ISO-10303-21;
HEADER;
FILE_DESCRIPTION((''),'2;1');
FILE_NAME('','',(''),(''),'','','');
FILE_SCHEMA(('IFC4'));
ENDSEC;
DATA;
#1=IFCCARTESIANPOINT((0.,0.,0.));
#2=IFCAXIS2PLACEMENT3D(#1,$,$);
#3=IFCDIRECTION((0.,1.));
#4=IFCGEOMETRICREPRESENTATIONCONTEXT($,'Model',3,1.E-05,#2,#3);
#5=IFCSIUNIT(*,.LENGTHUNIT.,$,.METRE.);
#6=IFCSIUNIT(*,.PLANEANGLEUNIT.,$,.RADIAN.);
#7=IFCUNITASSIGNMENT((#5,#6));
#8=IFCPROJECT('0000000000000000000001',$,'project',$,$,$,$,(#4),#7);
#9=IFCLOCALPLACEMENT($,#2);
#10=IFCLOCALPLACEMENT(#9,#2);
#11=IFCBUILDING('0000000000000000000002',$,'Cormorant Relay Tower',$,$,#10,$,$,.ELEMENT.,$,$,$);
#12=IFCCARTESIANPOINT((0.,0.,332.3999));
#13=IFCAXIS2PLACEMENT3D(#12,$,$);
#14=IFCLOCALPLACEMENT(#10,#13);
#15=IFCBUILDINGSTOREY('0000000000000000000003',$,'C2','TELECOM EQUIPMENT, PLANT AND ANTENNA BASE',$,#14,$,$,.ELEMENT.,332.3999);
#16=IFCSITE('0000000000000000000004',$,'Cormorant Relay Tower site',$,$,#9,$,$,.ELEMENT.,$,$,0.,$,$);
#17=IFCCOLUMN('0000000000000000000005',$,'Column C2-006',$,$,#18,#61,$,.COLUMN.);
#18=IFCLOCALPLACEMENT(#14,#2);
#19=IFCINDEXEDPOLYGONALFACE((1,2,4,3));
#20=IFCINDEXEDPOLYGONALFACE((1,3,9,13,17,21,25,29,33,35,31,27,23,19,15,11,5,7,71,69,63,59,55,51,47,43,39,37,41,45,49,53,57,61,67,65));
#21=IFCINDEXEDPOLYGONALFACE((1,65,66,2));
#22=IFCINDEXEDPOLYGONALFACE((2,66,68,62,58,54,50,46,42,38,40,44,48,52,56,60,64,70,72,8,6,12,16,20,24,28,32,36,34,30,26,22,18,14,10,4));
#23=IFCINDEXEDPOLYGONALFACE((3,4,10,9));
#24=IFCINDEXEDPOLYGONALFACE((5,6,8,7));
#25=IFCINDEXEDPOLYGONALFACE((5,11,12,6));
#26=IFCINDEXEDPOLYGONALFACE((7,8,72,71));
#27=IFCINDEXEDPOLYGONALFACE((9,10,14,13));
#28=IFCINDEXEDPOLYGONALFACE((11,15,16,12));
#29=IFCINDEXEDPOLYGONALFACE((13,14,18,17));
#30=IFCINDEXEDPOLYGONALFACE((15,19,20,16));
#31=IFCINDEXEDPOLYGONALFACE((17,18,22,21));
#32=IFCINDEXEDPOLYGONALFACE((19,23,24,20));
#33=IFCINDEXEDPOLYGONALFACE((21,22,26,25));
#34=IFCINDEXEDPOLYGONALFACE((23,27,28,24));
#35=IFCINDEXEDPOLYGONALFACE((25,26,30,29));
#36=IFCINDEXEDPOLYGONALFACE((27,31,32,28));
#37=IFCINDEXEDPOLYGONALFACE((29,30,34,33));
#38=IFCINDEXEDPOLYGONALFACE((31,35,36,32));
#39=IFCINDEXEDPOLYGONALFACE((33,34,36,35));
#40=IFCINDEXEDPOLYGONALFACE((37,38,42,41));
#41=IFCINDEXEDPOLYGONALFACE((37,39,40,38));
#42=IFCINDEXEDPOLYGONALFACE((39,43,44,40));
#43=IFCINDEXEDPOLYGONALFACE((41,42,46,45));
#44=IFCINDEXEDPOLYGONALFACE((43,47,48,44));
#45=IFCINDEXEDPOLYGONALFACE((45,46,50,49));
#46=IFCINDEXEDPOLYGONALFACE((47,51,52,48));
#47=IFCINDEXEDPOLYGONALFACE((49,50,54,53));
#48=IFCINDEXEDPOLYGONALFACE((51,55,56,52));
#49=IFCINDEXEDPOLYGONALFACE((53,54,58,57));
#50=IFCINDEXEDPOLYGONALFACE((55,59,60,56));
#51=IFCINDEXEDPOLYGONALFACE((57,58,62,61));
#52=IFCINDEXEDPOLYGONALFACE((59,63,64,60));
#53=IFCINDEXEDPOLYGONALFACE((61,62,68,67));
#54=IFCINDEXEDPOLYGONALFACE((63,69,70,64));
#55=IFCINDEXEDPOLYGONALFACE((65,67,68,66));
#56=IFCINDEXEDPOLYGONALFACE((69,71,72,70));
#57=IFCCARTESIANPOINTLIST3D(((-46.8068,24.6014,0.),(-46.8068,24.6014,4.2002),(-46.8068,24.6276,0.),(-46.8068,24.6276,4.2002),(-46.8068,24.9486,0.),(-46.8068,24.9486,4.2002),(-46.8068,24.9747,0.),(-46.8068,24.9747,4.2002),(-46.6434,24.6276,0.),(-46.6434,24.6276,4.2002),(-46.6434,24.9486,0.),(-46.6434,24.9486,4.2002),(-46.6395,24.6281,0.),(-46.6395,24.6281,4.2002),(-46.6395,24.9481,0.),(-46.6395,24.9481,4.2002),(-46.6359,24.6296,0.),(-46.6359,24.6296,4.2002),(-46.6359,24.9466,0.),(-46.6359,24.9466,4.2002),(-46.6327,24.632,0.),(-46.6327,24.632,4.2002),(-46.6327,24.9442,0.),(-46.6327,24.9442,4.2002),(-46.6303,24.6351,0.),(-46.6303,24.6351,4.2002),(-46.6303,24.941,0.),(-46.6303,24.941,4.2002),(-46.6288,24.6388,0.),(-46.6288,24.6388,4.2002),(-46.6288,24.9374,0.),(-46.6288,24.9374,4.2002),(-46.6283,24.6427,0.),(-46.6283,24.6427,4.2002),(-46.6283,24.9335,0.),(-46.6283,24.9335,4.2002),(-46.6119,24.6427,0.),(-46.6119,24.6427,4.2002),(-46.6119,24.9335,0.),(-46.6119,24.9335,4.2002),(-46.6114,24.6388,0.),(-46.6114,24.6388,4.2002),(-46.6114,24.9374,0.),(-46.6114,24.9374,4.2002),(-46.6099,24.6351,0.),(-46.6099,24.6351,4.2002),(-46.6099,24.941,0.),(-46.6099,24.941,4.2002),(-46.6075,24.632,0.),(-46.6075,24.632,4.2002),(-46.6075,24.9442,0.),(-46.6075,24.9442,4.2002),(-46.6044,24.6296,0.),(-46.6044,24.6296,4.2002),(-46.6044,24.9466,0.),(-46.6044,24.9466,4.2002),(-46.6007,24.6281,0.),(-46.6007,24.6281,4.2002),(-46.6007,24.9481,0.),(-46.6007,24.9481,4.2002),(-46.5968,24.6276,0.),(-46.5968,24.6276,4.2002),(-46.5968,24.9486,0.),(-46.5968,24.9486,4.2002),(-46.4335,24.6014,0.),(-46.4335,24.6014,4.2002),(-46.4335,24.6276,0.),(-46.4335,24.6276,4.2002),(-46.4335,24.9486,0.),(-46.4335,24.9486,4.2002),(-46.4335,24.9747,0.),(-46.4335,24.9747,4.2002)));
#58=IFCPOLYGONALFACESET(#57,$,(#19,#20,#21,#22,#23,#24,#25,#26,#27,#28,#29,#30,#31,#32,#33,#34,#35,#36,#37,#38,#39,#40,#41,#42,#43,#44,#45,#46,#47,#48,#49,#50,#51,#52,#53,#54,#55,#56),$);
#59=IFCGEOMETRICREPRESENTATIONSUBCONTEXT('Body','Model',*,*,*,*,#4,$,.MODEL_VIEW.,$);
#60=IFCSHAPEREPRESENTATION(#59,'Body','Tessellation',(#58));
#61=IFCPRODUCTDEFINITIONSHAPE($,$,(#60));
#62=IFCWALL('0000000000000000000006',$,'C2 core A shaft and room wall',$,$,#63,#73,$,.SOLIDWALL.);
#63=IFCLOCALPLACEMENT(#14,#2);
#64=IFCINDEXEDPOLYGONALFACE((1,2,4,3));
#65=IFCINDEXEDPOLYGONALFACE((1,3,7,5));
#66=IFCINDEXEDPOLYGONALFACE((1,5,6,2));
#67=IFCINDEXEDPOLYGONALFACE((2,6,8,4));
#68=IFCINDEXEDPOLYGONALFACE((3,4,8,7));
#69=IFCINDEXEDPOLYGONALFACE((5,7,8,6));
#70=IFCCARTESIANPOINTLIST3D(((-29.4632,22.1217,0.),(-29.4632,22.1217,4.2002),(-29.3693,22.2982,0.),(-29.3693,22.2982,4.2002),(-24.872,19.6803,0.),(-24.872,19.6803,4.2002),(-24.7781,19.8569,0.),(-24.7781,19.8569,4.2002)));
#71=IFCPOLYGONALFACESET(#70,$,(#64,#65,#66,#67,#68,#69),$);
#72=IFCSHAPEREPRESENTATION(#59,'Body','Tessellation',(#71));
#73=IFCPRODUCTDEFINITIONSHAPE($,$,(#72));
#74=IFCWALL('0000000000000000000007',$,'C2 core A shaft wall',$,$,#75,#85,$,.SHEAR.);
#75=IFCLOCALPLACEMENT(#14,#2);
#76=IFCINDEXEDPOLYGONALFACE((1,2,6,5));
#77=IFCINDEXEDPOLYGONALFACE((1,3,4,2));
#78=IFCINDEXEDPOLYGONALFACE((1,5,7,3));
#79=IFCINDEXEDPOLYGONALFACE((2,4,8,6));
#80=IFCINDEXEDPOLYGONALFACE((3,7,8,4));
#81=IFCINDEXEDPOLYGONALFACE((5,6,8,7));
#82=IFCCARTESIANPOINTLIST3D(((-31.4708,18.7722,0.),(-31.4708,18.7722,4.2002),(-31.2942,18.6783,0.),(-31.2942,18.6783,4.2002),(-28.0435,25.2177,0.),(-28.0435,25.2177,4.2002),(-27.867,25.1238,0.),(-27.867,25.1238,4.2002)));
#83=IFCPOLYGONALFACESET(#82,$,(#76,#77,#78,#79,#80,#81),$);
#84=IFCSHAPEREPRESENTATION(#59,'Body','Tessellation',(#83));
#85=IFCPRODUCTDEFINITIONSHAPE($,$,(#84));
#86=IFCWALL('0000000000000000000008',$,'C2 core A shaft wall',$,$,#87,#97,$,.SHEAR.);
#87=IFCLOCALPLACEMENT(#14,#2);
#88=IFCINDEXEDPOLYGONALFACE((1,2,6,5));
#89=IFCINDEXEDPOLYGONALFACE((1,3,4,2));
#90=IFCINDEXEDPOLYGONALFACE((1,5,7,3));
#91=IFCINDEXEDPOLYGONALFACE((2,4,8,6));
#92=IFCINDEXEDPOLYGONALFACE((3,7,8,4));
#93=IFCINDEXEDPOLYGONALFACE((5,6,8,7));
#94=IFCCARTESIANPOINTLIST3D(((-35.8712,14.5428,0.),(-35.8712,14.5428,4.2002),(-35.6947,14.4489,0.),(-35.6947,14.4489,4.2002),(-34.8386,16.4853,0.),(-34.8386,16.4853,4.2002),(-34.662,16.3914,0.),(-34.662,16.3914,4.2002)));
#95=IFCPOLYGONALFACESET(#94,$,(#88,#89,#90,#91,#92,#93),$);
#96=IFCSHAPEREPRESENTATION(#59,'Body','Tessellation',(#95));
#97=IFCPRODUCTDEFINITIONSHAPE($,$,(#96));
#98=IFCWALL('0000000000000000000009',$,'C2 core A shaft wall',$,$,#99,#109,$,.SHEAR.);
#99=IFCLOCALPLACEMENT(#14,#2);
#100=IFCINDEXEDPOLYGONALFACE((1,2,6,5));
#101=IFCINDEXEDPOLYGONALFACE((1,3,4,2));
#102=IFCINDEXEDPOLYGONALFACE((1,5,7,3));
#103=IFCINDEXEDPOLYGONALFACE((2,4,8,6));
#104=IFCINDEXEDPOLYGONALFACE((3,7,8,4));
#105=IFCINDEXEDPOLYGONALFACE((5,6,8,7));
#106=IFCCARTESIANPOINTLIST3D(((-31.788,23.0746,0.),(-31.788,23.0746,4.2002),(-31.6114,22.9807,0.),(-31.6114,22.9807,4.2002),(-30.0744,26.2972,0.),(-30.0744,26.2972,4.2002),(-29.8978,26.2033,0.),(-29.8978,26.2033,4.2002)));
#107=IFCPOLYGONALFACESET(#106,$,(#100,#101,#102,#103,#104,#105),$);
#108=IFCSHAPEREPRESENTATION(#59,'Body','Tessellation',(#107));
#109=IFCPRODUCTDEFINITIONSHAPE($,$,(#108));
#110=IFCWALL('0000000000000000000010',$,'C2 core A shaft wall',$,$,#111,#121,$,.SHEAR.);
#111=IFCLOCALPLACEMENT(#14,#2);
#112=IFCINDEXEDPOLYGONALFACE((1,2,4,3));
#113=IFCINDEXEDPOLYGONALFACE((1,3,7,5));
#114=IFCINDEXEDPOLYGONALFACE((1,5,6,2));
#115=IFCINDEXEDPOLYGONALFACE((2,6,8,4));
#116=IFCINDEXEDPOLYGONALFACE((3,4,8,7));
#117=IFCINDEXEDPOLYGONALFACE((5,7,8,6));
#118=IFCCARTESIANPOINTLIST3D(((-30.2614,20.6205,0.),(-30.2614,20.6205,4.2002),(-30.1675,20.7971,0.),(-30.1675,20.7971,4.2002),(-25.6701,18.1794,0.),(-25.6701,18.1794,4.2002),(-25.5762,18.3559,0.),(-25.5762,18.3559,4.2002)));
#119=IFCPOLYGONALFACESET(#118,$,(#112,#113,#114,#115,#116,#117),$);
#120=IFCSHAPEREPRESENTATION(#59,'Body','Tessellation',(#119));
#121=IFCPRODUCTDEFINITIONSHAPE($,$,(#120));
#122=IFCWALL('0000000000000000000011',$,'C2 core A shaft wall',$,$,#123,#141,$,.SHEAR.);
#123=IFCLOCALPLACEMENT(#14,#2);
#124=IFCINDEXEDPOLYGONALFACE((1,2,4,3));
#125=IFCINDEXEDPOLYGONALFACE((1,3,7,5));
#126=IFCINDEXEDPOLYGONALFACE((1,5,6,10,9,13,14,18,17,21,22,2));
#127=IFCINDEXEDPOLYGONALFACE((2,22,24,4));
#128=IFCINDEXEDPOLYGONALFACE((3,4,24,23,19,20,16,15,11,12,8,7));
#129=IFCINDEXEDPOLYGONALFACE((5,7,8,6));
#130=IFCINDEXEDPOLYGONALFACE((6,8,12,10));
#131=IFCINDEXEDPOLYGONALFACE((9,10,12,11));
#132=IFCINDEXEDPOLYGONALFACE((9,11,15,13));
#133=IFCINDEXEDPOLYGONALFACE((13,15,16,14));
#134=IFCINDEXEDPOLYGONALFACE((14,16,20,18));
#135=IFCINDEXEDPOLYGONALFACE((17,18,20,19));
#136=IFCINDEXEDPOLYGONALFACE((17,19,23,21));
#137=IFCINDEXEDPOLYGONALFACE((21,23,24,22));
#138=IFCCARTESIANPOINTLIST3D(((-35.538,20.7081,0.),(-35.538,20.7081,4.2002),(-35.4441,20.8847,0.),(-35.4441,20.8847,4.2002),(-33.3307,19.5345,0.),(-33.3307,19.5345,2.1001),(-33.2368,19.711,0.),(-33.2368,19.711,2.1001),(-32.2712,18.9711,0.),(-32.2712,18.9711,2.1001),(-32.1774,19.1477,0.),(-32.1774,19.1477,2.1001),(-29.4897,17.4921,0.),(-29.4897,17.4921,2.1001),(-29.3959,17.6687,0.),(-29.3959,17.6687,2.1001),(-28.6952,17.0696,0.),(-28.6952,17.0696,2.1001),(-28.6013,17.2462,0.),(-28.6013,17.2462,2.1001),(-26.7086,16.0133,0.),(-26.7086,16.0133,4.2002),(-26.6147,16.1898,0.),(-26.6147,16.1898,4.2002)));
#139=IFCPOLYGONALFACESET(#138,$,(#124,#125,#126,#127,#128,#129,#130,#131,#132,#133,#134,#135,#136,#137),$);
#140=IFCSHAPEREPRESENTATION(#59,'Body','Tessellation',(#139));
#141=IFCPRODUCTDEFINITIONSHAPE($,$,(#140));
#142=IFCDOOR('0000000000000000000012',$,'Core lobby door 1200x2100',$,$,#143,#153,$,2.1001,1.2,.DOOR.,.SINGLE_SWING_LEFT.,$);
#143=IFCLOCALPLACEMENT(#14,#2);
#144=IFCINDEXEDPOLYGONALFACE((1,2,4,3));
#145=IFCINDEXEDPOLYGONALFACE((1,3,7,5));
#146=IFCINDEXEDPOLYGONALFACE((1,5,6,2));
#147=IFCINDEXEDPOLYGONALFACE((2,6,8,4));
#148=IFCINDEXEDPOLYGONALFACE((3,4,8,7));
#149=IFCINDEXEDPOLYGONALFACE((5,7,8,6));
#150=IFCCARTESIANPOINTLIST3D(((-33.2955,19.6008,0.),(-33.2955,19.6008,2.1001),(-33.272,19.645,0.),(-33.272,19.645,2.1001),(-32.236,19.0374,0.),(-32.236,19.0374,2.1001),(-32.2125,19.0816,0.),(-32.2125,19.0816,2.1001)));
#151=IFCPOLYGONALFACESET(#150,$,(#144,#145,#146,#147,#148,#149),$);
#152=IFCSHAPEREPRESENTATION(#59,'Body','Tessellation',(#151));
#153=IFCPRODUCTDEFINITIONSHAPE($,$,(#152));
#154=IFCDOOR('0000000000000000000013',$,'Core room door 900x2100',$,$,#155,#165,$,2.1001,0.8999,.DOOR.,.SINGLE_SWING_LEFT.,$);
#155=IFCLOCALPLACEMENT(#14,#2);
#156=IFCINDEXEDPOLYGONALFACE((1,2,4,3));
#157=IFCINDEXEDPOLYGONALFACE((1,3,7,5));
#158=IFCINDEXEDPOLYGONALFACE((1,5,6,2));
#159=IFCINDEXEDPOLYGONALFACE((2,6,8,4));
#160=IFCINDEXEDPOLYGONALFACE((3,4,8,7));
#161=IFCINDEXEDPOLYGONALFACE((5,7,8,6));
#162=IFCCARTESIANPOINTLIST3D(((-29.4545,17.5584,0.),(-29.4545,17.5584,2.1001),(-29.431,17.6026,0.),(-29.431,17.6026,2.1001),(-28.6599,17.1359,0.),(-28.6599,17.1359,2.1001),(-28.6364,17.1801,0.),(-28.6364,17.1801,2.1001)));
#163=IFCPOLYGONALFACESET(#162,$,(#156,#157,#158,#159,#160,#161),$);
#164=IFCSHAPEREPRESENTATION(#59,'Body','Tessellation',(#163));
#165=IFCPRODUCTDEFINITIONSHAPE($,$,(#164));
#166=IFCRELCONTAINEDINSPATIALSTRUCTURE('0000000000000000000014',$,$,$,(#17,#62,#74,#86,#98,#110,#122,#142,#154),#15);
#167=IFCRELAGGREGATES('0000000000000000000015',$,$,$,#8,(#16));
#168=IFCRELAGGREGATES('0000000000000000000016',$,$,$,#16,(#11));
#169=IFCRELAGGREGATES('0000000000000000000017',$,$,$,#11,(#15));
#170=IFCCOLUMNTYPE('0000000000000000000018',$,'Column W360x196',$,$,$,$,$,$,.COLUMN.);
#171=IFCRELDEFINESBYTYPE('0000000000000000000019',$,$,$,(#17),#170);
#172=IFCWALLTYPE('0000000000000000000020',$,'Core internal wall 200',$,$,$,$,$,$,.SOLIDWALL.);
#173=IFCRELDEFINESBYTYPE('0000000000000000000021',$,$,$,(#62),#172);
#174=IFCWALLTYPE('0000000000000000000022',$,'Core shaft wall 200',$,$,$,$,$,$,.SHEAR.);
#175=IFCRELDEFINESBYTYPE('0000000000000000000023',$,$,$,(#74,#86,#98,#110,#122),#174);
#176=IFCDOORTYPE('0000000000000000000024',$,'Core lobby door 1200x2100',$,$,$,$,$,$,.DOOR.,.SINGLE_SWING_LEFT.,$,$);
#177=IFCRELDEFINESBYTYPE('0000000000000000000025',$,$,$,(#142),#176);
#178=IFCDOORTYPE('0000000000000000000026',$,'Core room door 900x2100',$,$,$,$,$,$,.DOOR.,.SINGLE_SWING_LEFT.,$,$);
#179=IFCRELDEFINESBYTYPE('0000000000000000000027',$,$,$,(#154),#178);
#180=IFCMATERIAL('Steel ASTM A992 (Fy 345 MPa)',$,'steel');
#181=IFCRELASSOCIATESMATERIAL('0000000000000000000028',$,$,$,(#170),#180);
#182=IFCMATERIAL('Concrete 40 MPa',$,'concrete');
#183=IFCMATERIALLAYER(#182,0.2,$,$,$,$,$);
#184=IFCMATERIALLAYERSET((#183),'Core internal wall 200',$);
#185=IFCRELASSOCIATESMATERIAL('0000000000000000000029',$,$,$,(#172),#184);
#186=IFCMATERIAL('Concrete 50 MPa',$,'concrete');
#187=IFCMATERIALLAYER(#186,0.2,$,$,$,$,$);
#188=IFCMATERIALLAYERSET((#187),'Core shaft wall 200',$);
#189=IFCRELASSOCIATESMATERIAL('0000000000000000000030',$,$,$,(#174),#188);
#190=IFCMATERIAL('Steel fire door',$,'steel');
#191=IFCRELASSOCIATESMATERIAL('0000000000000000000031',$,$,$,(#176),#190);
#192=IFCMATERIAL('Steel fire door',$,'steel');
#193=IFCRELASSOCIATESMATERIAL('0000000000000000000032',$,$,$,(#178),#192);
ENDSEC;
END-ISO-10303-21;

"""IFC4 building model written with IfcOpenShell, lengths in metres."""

from ifc_helpers import new_model, si_unit, direction, frame, frame_2d, origin, origin_2d, place, context, subcontext, project, spatial, rectangle, i_section, extrude, material, layer, layer_set, material_profile, profile_set, type_object, element, fill, save


model = new_model("IFC4")

# Units and contexts
model_context = context("Model", 3, precision=1e-05, world=origin(), true_north=direction((0.0, 1.0)))
body_context = subcontext(model_context, "Body", "Model", "MODEL_VIEW")
ifc_project = project(units=[si_unit("LENGTHUNIT", "METRE"), si_unit("PLANEANGLEUNIT", "RADIAN")], contexts=[model_context])

# Site, building, storey
site_placement = place(None, origin())
site = spatial("IfcSite", under=ifc_project, at=site_placement, Name="Cormorant Relay Tower site", CompositionType="ELEMENT", RefElevation=0.0)
building_placement = place(site_placement, origin())
building = spatial("IfcBuilding", under=site, at=building_placement, Name="Cormorant Relay Tower", CompositionType="ELEMENT")
storey_placement = place(building_placement, frame((0.0, 0.0, 332.3999)))
storey = spatial("IfcBuildingStorey", under=building, at=storey_placement, Name="C2", Description="TELECOM EQUIPMENT, PLANT AND ANTENNA BASE", CompositionType="ELEMENT", Elevation=332.3999)

# Column
ifc_material_1 = material(Name="Steel ASTM A992 (Fy 345 MPa)", Category="steel")
ifc_material_profile = material_profile(ifc_material_1, i_section(OverallWidth=0.3733, OverallDepth=0.3733, WebThickness=0.0164, FlangeThickness=0.0261, FilletRadius=0.0151, at=origin_2d()), Name="W360x196")
ifc_profile_set = profile_set([ifc_material_profile], Name="Steel ASTM A992 (Fy 345 MPa)")
column_type = type_object("IfcColumnType", Name="Column W360x196", PredefinedType="COLUMN", material=ifc_profile_set)
column_placement = place(storey_placement, frame((-46.6201, 24.7881, 0.0), z_axis=(0.0, 0.0, 1.0), x_axis=(1.0, 0.0, 0.0)))
element("IfcColumn", 1, at=column_placement, inside=storey, type_object=column_type, Name="Column C2-006", PredefinedType="COLUMN", context=body_context, shape_type="SweptSolid", body=[
    extrude(i_section(OverallWidth=0.3733, OverallDepth=0.3733, WebThickness=0.0164, FlangeThickness=0.0261, FilletRadius=0.0151, at=origin_2d()), origin(), (0.0, 0.0, 1.0), 4.2002),
])

# Walls
ifc_material_2 = material(Name="Concrete 40 MPa", Category="concrete")
ifc_layer_1 = layer(ifc_material_2, 0.2)
ifc_layer_set_1 = layer_set([ifc_layer_1], Name="Core internal wall 200")
wall_type_1 = type_object("IfcWallType", Name="Core internal wall 200", PredefinedType="SOLIDWALL", material=ifc_layer_set_1)
wall_1_placement = place(storey_placement, frame((-24.825, 19.7686, 0.0), z_axis=(0.0, 0.0, 1.0), x_axis=(-0.882935, 0.469496, 0.0)))
element("IfcWall", 2, at=wall_1_placement, inside=storey, type_object=wall_type_1, Name="C2 core A shaft and room wall", PredefinedType="SOLIDWALL", context=body_context, shape_type="SweptSolid", body=[
    extrude(rectangle(XDim=5.2, YDim=0.2, at=frame_2d((2.6001, 0.0))), origin(), (0.0, 0.0, 1.0), 4.2002),
])
ifc_material_3 = material(Name="Concrete 50 MPa", Category="concrete")
ifc_layer_2 = layer(ifc_material_3, 0.2)
ifc_layer_set_2 = layer_set([ifc_layer_2], Name="Core shaft wall 200")
wall_type_2 = type_object("IfcWallType", Name="Core shaft wall 200", PredefinedType="SHEAR", material=ifc_layer_set_2)
wall_2_placement = place(storey_placement, frame((-27.9553, 25.1707, 0.0), z_axis=(0.0, 0.0, 1.0), x_axis=(-0.46948, -0.882943, 0.0)))
element("IfcWall", 3, at=wall_2_placement, inside=storey, type_object=wall_type_2, Name="C2 core A shaft wall", PredefinedType="SHEAR", context=body_context, shape_type="SweptSolid", body=[
    extrude(rectangle(XDim=7.3, YDim=0.2, at=frame_2d((3.6499, 0.0))), origin(), (0.0, 0.0, 1.0), 4.2002),
])
wall_3_placement = place(storey_placement, frame((-34.7502, 16.4385, 0.0), z_axis=(0.0, 0.0, 1.0), x_axis=(-0.469401, -0.882985, 0.0)))
element("IfcWall", 4, at=wall_3_placement, inside=storey, type_object=wall_type_2, Name="C2 core A shaft wall", PredefinedType="SHEAR", context=body_context, shape_type="SweptSolid", body=[
    extrude(rectangle(XDim=2.2, YDim=0.2, at=frame_2d((1.1001, 0.0))), origin(), (0.0, 0.0, 1.0), 4.2002),
])
wall_4_placement = place(storey_placement, frame((-29.9861, 26.2502, 0.0), z_axis=(0.0, 0.0, 1.0), x_axis=(-0.469494, -0.882936, 0.0)))
element("IfcWall", 5, at=wall_4_placement, inside=storey, type_object=wall_type_2, Name="C2 core A shaft wall", PredefinedType="SHEAR", context=body_context, shape_type="SweptSolid", body=[
    extrude(rectangle(XDim=3.6499, YDim=0.2, at=frame_2d((1.825, 0.0))), origin(), (0.0, 0.0, 1.0), 4.2002),
])

# Wall
wall_5_placement = place(storey_placement, frame((-25.623, 18.2676, 0.0), z_axis=(0.0, 0.0, 1.0), x_axis=(-0.882954, 0.46946, 0.0)))
element("IfcWall", 6, at=wall_5_placement, inside=storey, type_object=wall_type_2, Name="C2 core A shaft wall", PredefinedType="SHEAR", context=body_context, shape_type="SweptSolid", body=[
    extrude(rectangle(XDim=5.2, YDim=0.2, at=frame_2d((2.6001, 0.0))), origin(), (0.0, 0.0, 1.0), 4.2002),
])

# Wall, openings, doors
wall_6_placement = place(storey_placement, frame((-26.6616, 16.1016, 0.0), z_axis=(0.0, 0.0, 1.0), x_axis=(-0.88294, 0.469485, 0.0)))
wall_6 = element("IfcWall", 7, at=wall_6_placement, inside=storey, type_object=wall_type_2, Name="C2 core A shaft wall", PredefinedType="SHEAR", context=body_context, shape_type="SweptSolid", body=[
    extrude(rectangle(XDim=10.0, YDim=0.2, at=frame_2d((5.0, 0.0))), origin(), (0.0, 0.0, 1.0), 4.2002),
])
opening_1_placement = place(wall_6_placement, frame((6.3, 0.0, 0.0)))
opening_1 = element("IfcOpeningElement", 8, at=opening_1_placement, cuts=wall_6, PredefinedType="OPENING", context=body_context, shape_type="SweptSolid", body=[
    extrude(rectangle(XDim=1.2, YDim=2.1001, at=frame_2d((0.6001, 1.05))), frame((0.0, 0.1099, 0.0), z_axis=(0.0, -1.0, 0.0), x_axis=(1.0, 0.0, 0.0)), (0.0, 0.0, 1.0), 0.22),
])
opening_2_placement = place(wall_6_placement, frame((2.25, 0.0, 0.0)))
opening_2 = element("IfcOpeningElement", 9, at=opening_2_placement, cuts=wall_6, PredefinedType="OPENING", context=body_context, shape_type="SweptSolid", body=[
    extrude(rectangle(XDim=0.8999, YDim=2.1001, at=frame_2d((0.45, 1.05))), frame((0.0, 0.1099, 0.0), z_axis=(0.0, -1.0, 0.0), x_axis=(1.0, 0.0, 0.0)), (0.0, 0.0, 1.0), 0.22),
])
ifc_material_4 = material(Name="Steel fire door", Category="steel")
door_type_1 = type_object("IfcDoorType", Name="Core lobby door 1200x2100", OperationType="SINGLE_SWING_LEFT", PredefinedType="DOOR", material=ifc_material_4)
door_1_placement = place(opening_1_placement, origin())
door_1 = element("IfcDoor", 10, at=door_1_placement, inside=storey, type_object=door_type_1, Name="Core lobby door 1200x2100", OperationType="SINGLE_SWING_LEFT", OverallHeight=2.1001, OverallWidth=1.2, PredefinedType="DOOR", context=body_context, shape_type="SweptSolid", body=[
    extrude(rectangle(XDim=1.2, YDim=2.1001, at=frame_2d((0.6001, 1.05))), frame((0.0, 0.0249, 0.0), z_axis=(0.0, -1.0, 0.0), x_axis=(1.0, 0.0, 0.0)), (0.0, 0.0, 1.0), 0.05),
])
fill(opening_1, door_1)
ifc_material_5 = material(Name="Steel fire door", Category="steel")
door_type_2 = type_object("IfcDoorType", Name="Core room door 900x2100", OperationType="SINGLE_SWING_LEFT", PredefinedType="DOOR", material=ifc_material_5)
door_2_placement = place(opening_2_placement, origin())
door_2 = element("IfcDoor", 11, at=door_2_placement, inside=storey, type_object=door_type_2, Name="Core room door 900x2100", OperationType="SINGLE_SWING_LEFT", OverallHeight=2.1001, OverallWidth=0.8999, PredefinedType="DOOR", context=body_context, shape_type="SweptSolid", body=[
    extrude(rectangle(XDim=0.8999, YDim=2.1001, at=frame_2d((0.45, 1.05))), frame((0.0, 0.0249, 0.0), z_axis=(0.0, -1.0, 0.0), x_axis=(1.0, 0.0, 0.0)), (0.0, 0.0, 1.0), 0.05),
])
fill(opening_2, door_2)

save(model, "model.ifc")
